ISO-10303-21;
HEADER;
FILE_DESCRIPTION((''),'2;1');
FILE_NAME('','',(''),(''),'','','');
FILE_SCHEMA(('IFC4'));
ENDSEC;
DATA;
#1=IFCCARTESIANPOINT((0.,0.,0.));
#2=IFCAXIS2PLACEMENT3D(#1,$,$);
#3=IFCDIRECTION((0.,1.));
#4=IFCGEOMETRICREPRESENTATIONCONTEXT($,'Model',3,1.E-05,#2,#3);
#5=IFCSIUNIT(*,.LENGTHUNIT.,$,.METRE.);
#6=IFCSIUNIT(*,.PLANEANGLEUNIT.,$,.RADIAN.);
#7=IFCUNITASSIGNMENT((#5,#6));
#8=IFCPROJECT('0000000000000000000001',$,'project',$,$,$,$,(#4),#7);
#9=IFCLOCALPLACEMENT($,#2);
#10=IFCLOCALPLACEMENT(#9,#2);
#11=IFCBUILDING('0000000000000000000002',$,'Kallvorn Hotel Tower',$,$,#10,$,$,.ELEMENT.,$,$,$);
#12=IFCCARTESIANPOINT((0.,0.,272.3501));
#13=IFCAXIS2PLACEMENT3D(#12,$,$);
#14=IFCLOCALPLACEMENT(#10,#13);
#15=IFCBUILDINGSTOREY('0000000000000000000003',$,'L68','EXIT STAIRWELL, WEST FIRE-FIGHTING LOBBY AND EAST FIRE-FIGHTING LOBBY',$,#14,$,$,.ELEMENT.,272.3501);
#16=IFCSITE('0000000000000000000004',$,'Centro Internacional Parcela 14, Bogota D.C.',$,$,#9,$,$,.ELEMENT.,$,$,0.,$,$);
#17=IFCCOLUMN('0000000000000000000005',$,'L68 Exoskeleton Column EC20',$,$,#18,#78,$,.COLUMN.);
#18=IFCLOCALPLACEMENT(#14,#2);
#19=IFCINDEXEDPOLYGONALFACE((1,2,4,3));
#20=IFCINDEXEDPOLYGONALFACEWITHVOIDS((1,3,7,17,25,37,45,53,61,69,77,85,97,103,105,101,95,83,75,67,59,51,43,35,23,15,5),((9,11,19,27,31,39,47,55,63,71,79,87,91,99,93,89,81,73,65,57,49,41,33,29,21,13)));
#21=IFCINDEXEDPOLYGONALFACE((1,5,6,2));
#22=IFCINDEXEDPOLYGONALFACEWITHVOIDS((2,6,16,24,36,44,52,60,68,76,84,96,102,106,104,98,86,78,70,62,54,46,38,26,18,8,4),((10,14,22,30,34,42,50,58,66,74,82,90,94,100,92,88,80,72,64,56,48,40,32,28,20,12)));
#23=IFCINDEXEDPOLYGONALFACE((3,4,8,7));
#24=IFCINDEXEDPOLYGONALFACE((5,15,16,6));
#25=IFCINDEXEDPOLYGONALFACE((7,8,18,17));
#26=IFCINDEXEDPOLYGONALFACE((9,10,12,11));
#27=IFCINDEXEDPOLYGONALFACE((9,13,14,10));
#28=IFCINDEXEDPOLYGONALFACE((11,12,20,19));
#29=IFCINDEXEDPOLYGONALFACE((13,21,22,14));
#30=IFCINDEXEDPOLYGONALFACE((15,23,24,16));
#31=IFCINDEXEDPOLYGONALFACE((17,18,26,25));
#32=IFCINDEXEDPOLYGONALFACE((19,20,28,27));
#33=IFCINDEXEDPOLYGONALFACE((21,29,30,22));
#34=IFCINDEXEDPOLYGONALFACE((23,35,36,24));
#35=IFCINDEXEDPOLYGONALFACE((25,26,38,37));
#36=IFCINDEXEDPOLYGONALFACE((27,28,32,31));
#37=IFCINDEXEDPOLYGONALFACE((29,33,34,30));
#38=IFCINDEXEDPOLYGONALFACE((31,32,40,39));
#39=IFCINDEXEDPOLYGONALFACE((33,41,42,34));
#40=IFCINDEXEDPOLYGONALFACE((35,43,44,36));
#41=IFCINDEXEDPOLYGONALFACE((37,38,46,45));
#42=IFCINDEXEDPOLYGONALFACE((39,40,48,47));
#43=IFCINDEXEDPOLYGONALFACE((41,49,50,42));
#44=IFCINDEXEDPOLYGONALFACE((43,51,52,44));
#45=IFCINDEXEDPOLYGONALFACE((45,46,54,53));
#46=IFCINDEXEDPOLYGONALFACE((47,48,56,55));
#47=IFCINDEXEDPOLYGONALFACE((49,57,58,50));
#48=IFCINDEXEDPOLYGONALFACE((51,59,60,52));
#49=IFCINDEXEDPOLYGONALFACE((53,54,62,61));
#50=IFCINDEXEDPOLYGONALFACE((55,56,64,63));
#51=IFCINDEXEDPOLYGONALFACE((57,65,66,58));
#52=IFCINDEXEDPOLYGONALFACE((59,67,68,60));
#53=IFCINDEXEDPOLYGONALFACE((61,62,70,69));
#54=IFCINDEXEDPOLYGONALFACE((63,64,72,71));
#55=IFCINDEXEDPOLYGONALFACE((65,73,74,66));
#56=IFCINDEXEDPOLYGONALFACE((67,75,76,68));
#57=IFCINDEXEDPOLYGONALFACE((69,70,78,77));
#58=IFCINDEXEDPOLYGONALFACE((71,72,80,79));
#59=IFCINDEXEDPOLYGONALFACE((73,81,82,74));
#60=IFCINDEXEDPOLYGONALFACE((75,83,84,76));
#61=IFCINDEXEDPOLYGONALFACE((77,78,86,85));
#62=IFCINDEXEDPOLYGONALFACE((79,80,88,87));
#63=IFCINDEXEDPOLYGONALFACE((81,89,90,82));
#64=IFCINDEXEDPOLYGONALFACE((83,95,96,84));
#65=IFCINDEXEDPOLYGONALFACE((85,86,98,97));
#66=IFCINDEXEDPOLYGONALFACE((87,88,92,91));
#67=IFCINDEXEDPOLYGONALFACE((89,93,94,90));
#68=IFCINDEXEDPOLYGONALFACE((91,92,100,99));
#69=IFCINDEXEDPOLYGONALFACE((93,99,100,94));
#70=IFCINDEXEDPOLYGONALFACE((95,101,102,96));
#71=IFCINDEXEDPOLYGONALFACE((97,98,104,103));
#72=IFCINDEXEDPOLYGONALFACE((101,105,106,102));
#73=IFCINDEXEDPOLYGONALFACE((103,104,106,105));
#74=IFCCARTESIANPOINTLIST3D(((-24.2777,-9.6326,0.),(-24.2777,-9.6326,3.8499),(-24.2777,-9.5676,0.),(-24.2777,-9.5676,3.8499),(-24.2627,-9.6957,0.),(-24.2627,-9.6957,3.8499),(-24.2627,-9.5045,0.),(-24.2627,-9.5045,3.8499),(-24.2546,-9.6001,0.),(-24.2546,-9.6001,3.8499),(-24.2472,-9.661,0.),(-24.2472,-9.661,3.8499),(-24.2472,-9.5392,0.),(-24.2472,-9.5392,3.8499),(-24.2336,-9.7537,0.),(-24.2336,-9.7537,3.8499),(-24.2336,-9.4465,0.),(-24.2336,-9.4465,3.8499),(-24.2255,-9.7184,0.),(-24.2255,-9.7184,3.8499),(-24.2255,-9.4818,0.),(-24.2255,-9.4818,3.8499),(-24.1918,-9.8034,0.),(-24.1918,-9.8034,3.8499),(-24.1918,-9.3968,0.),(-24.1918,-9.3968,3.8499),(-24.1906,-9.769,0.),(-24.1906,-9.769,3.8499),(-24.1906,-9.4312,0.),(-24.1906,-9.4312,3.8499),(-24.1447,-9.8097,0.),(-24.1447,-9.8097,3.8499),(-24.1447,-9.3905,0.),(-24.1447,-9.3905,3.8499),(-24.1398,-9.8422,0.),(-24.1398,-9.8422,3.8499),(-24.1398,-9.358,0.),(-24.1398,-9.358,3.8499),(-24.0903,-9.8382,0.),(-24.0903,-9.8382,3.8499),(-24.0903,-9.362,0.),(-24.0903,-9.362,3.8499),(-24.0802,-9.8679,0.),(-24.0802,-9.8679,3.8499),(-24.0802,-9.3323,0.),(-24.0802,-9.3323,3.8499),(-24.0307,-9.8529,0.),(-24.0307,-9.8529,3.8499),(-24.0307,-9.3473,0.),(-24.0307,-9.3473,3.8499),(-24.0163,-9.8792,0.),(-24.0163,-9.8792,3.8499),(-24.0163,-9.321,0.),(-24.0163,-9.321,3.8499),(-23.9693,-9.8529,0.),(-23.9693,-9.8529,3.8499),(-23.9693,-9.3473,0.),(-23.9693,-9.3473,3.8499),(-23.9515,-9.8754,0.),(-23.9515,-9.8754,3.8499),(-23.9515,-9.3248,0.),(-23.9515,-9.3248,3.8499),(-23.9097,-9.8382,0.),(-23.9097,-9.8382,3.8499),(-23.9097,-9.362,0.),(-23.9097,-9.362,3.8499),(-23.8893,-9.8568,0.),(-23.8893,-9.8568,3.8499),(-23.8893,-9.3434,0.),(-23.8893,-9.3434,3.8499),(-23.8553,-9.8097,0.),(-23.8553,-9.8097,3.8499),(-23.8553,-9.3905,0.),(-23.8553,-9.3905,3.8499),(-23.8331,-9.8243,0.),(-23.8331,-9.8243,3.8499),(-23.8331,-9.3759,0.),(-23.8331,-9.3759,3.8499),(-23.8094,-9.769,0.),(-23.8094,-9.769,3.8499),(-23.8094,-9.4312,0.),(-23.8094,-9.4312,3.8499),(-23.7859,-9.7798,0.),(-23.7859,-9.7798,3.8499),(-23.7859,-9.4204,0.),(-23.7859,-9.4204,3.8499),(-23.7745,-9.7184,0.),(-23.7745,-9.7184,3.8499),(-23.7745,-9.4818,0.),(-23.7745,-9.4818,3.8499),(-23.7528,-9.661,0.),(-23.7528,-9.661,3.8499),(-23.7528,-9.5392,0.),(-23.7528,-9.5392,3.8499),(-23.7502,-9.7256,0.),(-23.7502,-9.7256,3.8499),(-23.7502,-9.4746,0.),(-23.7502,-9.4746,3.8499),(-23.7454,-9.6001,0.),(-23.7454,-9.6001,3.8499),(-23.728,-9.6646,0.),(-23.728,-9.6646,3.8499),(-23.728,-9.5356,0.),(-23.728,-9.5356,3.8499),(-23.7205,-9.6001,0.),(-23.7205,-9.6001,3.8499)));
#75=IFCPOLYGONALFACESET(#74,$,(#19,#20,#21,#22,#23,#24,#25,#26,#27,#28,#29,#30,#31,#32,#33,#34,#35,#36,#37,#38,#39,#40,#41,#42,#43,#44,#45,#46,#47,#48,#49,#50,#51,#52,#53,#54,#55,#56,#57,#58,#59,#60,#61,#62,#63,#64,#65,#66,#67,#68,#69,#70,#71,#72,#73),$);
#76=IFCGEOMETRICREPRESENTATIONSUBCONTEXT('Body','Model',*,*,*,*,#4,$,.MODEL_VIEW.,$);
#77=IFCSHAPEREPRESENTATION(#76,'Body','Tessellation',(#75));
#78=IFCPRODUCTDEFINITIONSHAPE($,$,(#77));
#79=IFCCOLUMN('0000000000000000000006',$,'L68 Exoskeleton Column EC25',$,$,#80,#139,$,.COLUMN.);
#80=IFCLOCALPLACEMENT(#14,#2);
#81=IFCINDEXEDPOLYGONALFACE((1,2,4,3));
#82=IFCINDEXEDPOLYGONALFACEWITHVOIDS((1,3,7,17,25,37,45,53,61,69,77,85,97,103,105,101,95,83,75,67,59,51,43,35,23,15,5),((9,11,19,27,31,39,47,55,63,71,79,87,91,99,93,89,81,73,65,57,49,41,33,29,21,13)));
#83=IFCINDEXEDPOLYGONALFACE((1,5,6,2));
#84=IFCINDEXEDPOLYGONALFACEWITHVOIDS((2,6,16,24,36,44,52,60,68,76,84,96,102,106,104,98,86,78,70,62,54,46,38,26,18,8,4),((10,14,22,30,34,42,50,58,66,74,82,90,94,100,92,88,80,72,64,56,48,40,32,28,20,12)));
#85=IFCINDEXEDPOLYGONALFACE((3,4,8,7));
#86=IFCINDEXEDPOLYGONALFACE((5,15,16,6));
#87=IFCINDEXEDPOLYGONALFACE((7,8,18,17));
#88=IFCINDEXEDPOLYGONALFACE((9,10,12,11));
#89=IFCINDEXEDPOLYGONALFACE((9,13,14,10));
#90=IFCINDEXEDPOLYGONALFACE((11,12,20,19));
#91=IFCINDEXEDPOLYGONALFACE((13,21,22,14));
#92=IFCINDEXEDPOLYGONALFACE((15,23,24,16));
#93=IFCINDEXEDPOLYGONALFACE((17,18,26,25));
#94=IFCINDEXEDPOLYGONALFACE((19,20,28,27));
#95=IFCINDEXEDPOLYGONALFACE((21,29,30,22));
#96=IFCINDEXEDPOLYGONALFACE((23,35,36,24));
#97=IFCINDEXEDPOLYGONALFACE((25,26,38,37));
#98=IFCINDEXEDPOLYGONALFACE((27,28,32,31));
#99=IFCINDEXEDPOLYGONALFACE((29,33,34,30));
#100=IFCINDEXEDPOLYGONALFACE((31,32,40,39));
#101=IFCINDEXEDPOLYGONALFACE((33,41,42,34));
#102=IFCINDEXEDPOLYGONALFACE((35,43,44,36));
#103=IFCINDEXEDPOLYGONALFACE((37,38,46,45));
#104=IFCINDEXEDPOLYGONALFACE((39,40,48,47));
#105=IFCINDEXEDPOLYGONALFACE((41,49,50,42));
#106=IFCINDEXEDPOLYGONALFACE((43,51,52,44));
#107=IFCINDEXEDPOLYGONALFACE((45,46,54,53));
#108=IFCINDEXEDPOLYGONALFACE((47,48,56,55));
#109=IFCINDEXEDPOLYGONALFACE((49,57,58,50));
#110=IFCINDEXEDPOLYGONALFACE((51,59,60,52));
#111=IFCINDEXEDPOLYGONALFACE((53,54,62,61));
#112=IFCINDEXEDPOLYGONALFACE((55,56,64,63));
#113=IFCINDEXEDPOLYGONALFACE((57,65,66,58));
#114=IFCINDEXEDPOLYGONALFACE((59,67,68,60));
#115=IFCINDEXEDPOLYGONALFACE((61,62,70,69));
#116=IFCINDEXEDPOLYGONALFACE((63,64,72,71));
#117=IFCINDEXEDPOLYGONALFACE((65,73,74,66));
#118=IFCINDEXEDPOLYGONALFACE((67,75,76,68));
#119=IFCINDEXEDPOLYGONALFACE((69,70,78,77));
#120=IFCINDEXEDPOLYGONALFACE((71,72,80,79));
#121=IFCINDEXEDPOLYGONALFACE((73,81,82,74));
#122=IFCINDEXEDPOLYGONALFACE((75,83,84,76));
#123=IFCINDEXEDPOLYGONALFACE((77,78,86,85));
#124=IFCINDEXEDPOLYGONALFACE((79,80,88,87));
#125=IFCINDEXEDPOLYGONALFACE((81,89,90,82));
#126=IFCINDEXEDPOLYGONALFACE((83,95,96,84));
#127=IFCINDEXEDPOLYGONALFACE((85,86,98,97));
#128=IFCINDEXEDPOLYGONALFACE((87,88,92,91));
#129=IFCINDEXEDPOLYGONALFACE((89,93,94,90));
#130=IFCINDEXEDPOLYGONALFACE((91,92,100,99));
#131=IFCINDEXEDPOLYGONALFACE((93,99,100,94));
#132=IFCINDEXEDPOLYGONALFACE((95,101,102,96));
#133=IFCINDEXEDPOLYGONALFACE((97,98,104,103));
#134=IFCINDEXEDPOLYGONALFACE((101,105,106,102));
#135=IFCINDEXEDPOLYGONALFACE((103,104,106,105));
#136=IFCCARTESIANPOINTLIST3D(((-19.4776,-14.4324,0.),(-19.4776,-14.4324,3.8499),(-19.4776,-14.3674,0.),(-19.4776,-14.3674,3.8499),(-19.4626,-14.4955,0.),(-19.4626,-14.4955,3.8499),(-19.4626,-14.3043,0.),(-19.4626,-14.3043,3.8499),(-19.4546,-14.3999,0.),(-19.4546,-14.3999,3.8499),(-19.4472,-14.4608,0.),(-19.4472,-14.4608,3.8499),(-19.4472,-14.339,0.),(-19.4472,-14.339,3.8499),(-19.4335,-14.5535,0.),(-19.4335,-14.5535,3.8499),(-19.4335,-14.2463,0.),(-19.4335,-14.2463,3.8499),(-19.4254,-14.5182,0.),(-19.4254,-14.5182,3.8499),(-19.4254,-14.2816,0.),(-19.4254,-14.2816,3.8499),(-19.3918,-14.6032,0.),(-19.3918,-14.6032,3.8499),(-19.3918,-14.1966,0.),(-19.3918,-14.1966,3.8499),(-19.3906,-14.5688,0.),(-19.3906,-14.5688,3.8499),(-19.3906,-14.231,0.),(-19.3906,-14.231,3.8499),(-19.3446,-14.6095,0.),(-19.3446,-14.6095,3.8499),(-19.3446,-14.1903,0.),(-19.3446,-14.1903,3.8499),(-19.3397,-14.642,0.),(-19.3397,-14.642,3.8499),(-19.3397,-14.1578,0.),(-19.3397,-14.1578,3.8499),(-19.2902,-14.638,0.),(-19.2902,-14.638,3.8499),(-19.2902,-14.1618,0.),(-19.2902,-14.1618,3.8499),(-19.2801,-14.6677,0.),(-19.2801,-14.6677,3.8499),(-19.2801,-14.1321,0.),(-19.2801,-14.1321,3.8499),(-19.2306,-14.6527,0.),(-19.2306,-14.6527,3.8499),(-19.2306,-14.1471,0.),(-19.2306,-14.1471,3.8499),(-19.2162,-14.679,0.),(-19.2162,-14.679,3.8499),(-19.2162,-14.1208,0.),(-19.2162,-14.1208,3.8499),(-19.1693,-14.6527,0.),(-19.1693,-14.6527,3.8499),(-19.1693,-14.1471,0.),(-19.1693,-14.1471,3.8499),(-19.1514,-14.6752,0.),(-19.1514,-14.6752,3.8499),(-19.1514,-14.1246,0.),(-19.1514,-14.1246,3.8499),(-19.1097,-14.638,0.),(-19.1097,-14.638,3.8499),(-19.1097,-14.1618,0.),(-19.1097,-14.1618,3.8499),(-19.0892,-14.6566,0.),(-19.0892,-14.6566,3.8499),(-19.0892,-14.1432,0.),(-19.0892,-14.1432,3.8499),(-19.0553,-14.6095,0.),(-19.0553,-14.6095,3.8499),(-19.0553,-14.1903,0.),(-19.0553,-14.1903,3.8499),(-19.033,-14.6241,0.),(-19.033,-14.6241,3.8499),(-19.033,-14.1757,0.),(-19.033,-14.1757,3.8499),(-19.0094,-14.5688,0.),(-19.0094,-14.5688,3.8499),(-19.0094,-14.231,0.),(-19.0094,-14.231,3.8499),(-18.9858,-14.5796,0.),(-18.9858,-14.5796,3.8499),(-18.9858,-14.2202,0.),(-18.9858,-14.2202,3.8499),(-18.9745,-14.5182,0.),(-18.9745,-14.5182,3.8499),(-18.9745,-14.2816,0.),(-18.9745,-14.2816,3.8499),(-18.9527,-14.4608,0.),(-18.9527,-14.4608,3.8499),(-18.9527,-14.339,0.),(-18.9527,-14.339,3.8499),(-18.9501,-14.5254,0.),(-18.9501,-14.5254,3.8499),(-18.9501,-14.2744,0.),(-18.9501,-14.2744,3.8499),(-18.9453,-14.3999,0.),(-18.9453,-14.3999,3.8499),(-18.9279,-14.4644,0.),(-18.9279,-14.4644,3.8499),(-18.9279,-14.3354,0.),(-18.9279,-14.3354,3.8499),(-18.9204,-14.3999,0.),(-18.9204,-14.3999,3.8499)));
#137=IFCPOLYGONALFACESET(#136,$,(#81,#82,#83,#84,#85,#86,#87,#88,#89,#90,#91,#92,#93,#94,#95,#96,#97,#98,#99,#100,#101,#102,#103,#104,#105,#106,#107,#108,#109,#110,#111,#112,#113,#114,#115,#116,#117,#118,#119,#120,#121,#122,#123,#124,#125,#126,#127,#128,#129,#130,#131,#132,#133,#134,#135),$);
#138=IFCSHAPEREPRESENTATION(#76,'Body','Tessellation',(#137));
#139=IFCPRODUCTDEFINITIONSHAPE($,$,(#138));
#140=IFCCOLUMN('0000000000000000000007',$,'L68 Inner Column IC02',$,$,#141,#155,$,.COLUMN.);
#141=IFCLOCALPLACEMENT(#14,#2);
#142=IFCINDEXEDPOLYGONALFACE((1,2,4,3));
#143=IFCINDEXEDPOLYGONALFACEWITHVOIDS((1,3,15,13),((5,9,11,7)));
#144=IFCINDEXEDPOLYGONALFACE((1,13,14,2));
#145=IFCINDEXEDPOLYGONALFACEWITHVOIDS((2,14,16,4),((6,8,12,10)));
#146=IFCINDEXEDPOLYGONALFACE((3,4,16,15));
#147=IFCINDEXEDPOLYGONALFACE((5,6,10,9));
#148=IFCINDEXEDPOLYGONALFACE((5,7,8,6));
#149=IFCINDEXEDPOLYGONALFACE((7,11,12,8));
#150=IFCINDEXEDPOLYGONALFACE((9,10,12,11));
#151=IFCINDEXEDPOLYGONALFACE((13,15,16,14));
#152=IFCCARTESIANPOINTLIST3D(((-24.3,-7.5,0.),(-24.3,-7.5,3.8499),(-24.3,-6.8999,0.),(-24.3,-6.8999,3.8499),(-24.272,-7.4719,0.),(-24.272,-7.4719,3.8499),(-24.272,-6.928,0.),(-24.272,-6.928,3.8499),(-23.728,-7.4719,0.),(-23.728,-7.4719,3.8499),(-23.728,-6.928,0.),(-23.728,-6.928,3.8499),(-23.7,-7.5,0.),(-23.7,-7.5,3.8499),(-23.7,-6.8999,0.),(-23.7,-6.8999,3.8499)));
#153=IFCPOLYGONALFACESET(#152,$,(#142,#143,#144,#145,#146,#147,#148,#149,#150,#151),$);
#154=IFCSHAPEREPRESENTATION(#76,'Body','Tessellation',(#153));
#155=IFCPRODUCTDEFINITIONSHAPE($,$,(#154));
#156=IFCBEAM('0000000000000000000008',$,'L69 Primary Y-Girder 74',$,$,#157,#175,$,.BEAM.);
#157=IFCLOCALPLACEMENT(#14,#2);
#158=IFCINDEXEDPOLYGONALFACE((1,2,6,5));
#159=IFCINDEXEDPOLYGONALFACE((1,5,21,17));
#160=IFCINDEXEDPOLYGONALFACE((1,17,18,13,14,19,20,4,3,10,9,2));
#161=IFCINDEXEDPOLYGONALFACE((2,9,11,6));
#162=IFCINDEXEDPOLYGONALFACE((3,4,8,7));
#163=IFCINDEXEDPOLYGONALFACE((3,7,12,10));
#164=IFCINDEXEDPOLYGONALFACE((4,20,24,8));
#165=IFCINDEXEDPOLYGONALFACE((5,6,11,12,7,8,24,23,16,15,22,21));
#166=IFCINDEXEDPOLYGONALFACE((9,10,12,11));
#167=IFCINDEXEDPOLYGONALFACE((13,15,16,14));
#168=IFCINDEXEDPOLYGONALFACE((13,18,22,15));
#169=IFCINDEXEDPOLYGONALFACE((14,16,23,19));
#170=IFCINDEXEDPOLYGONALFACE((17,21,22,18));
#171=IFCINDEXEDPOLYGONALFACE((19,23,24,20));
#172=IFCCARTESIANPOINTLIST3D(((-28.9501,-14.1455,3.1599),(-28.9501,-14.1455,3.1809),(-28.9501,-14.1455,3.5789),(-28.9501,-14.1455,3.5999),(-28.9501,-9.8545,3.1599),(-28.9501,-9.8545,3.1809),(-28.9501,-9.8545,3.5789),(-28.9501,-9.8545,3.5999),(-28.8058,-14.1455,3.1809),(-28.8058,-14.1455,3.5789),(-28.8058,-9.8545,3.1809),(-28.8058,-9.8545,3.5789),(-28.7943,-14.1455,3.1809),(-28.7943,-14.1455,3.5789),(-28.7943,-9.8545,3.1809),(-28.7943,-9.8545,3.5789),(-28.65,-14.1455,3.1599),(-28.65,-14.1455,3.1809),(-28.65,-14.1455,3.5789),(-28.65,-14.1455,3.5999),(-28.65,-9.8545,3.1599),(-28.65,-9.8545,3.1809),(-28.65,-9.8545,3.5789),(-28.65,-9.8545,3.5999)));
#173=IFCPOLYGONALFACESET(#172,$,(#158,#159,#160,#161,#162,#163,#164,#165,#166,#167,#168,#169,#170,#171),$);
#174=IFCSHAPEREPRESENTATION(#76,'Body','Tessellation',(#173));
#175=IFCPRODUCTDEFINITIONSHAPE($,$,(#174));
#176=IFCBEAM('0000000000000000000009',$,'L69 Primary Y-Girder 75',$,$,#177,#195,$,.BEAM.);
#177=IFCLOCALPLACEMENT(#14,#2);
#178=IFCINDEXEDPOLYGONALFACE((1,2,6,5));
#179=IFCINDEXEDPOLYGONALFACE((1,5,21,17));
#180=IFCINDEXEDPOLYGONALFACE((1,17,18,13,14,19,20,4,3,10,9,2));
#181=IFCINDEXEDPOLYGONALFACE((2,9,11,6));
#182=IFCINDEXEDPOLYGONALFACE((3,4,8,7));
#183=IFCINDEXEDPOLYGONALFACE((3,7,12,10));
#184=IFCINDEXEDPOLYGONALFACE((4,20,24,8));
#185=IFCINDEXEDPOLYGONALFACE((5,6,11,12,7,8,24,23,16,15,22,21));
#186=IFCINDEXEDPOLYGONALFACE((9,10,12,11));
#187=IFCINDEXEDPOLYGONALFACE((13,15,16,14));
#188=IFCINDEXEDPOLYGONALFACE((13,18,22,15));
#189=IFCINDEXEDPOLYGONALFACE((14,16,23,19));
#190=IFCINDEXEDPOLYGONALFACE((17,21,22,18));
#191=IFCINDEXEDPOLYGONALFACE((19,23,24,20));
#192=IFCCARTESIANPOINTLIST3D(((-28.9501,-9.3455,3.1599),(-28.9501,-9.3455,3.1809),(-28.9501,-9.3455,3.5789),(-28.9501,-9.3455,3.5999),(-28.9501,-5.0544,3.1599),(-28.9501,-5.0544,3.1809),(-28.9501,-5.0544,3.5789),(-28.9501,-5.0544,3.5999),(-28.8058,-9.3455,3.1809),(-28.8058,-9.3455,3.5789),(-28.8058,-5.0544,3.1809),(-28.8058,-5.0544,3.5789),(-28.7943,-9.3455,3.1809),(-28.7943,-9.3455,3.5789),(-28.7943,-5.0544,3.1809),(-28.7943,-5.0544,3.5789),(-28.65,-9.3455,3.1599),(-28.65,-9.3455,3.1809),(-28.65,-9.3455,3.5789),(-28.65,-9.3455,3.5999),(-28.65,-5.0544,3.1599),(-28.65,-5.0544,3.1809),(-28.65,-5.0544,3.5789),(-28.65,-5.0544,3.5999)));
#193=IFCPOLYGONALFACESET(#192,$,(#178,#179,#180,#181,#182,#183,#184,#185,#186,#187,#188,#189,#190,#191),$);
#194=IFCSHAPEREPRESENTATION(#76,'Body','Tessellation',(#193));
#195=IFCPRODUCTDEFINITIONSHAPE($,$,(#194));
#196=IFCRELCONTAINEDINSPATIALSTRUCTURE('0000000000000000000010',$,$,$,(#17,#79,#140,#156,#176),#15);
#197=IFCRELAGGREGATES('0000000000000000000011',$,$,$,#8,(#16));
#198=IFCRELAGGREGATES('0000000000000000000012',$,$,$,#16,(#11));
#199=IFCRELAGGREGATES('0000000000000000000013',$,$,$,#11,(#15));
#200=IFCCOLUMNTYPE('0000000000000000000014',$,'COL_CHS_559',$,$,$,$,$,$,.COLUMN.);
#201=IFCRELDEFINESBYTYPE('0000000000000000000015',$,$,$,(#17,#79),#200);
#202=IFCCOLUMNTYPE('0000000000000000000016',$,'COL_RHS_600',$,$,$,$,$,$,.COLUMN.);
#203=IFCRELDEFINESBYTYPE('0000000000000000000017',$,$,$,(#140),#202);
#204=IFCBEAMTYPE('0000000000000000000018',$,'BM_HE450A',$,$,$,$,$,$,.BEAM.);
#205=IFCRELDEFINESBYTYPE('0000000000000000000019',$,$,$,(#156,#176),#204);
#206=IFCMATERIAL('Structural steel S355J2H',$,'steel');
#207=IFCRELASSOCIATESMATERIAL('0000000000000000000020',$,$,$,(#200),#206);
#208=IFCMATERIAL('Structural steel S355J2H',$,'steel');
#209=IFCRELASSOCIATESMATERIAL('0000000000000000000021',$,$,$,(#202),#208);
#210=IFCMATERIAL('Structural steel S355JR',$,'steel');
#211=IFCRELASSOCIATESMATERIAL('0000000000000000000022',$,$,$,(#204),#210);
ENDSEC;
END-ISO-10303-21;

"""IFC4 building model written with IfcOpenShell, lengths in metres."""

from ifc_helpers import new_model, si_unit, direction, frame, origin, origin_2d, place, context, subcontext, project, spatial, hollow_rectangle, hollow_circle, i_section, extrude, material, material_profile, profile_set, type_object, element, save


model = new_model("IFC4")

# Units and contexts
model_context = context("Model", 3, precision=1e-05, world=origin(), true_north=direction((0.0, 1.0)))
body_context = subcontext(model_context, "Body", "Model", "MODEL_VIEW")
ifc_project = project(units=[si_unit("LENGTHUNIT", "METRE"), si_unit("PLANEANGLEUNIT", "RADIAN")], contexts=[model_context])

# Site, building, storey
site_placement = place(None, origin())
site = spatial("IfcSite", under=ifc_project, at=site_placement, Name="Centro Internacional Parcela 14, Bogota D.C.", CompositionType="ELEMENT", RefElevation=0.0)
building_placement = place(site_placement, origin())
building = spatial("IfcBuilding", under=site, at=building_placement, Name="Kallvorn Hotel Tower", CompositionType="ELEMENT")
storey_placement = place(building_placement, frame((0.0, 0.0, 272.3501)))
storey = spatial("IfcBuildingStorey", under=building, at=storey_placement, Name="L68", Description="EXIT STAIRWELL, WEST FIRE-FIGHTING LOBBY AND EAST FIRE-FIGHTING LOBBY", CompositionType="ELEMENT", Elevation=272.3501)

# Columns
ifc_material_1 = material(Name="Structural steel S355J2H", Category="steel")
ifc_material_profile_1 = material_profile(ifc_material_1, hollow_circle(Radius=0.2795, WallThickness=0.0249, at=origin_2d()), Name="CHS 559x25")
ifc_profile_set_1 = profile_set([ifc_material_profile_1], Name="Structural steel S355J2H")
column_type_1 = type_object("IfcColumnType", Name="COL_CHS_559", PredefinedType="COLUMN", material=ifc_profile_set_1)
for number, where, z_axis, x_axis, name in (
    (1, (-24.0, -9.6001, 0.0), (0.0, 0.0, 1.0), (1.0, 0.0, 0.0), "L68 Exoskeleton Column EC20"),
    (2, (-19.2, -14.3999, 0.0), (0.0, 0.0, 1.0), (1.0, 0.0, 0.0), "L68 Exoskeleton Column EC25"),
):
    element("IfcColumn", number, at=place(storey_placement, frame(where, z_axis=z_axis, x_axis=x_axis)), inside=storey, type_object=column_type_1, Name=name, PredefinedType="COLUMN", context=body_context, shape_type="SweptSolid", body=[
        extrude(hollow_circle(Radius=0.2795, WallThickness=0.0249, at=origin_2d()), origin(), (0.0, 0.0, 1.0), 3.8499),
    ])
ifc_material_2 = material(Name="Structural steel S355J2H", Category="steel")
ifc_material_profile_2 = material_profile(ifc_material_2, hollow_rectangle(XDim=0.6001, YDim=0.6001, WallThickness=0.0281, at=origin_2d()), Name="RHS 600x600x28")
ifc_profile_set_2 = profile_set([ifc_material_profile_2], Name="Structural steel S355J2H")
column_type_2 = type_object("IfcColumnType", Name="COL_RHS_600", PredefinedType="COLUMN", material=ifc_profile_set_2)
column_placement = place(storey_placement, frame((-24.0, -7.2, 0.0), z_axis=(0.0, 0.0, 1.0), x_axis=(1.0, 0.0, 0.0)))
element("IfcColumn", 3, at=column_placement, inside=storey, type_object=column_type_2, Name="L68 Inner Column IC02", PredefinedType="COLUMN", context=body_context, shape_type="SweptSolid", body=[
    extrude(hollow_rectangle(XDim=0.6001, YDim=0.6001, WallThickness=0.0281, at=origin_2d()), origin(), (0.0, 0.0, 1.0), 3.8499),
])

# Beams
ifc_material_3 = material(Name="Structural steel S355JR", Category="steel")
ifc_material_profile_3 = material_profile(ifc_material_3, i_section(OverallWidth=0.3, OverallDepth=0.4399, WebThickness=0.0115, FlangeThickness=0.021, at=origin_2d()), Name="HE 450 A")
ifc_profile_set_3 = profile_set([ifc_material_profile_3], Name="Structural steel S355JR")
beam_type_1 = type_object("IfcBeamType", Name="BM_HE450A", PredefinedType="BEAM", material=ifc_profile_set_3)
for number, where, z_axis, x_axis, name in (
    (4, (-28.8, -14.1455, 3.3799), (0.0, 1.0, 0.0), (-1.0, 0.0, 0.0), "L69 Primary Y-Girder 74"),
    (5, (-28.8, -9.3455, 3.3799), (0.0, 1.0, 0.0), (-1.0, 0.0, 0.0), "L69 Primary Y-Girder 75"),
):
    element("IfcBeam", number, at=place(storey_placement, frame(where, z_axis=z_axis, x_axis=x_axis)), inside=storey, type_object=beam_type_1, Name=name, PredefinedType="BEAM", context=body_context, shape_type="SweptSolid", body=[
        extrude(i_section(OverallWidth=0.3, OverallDepth=0.4399, WebThickness=0.0115, FlangeThickness=0.021, at=origin_2d()), origin(), (0.0, 0.0, 1.0), 4.291),
    ])

save(model, "model.ifc")
